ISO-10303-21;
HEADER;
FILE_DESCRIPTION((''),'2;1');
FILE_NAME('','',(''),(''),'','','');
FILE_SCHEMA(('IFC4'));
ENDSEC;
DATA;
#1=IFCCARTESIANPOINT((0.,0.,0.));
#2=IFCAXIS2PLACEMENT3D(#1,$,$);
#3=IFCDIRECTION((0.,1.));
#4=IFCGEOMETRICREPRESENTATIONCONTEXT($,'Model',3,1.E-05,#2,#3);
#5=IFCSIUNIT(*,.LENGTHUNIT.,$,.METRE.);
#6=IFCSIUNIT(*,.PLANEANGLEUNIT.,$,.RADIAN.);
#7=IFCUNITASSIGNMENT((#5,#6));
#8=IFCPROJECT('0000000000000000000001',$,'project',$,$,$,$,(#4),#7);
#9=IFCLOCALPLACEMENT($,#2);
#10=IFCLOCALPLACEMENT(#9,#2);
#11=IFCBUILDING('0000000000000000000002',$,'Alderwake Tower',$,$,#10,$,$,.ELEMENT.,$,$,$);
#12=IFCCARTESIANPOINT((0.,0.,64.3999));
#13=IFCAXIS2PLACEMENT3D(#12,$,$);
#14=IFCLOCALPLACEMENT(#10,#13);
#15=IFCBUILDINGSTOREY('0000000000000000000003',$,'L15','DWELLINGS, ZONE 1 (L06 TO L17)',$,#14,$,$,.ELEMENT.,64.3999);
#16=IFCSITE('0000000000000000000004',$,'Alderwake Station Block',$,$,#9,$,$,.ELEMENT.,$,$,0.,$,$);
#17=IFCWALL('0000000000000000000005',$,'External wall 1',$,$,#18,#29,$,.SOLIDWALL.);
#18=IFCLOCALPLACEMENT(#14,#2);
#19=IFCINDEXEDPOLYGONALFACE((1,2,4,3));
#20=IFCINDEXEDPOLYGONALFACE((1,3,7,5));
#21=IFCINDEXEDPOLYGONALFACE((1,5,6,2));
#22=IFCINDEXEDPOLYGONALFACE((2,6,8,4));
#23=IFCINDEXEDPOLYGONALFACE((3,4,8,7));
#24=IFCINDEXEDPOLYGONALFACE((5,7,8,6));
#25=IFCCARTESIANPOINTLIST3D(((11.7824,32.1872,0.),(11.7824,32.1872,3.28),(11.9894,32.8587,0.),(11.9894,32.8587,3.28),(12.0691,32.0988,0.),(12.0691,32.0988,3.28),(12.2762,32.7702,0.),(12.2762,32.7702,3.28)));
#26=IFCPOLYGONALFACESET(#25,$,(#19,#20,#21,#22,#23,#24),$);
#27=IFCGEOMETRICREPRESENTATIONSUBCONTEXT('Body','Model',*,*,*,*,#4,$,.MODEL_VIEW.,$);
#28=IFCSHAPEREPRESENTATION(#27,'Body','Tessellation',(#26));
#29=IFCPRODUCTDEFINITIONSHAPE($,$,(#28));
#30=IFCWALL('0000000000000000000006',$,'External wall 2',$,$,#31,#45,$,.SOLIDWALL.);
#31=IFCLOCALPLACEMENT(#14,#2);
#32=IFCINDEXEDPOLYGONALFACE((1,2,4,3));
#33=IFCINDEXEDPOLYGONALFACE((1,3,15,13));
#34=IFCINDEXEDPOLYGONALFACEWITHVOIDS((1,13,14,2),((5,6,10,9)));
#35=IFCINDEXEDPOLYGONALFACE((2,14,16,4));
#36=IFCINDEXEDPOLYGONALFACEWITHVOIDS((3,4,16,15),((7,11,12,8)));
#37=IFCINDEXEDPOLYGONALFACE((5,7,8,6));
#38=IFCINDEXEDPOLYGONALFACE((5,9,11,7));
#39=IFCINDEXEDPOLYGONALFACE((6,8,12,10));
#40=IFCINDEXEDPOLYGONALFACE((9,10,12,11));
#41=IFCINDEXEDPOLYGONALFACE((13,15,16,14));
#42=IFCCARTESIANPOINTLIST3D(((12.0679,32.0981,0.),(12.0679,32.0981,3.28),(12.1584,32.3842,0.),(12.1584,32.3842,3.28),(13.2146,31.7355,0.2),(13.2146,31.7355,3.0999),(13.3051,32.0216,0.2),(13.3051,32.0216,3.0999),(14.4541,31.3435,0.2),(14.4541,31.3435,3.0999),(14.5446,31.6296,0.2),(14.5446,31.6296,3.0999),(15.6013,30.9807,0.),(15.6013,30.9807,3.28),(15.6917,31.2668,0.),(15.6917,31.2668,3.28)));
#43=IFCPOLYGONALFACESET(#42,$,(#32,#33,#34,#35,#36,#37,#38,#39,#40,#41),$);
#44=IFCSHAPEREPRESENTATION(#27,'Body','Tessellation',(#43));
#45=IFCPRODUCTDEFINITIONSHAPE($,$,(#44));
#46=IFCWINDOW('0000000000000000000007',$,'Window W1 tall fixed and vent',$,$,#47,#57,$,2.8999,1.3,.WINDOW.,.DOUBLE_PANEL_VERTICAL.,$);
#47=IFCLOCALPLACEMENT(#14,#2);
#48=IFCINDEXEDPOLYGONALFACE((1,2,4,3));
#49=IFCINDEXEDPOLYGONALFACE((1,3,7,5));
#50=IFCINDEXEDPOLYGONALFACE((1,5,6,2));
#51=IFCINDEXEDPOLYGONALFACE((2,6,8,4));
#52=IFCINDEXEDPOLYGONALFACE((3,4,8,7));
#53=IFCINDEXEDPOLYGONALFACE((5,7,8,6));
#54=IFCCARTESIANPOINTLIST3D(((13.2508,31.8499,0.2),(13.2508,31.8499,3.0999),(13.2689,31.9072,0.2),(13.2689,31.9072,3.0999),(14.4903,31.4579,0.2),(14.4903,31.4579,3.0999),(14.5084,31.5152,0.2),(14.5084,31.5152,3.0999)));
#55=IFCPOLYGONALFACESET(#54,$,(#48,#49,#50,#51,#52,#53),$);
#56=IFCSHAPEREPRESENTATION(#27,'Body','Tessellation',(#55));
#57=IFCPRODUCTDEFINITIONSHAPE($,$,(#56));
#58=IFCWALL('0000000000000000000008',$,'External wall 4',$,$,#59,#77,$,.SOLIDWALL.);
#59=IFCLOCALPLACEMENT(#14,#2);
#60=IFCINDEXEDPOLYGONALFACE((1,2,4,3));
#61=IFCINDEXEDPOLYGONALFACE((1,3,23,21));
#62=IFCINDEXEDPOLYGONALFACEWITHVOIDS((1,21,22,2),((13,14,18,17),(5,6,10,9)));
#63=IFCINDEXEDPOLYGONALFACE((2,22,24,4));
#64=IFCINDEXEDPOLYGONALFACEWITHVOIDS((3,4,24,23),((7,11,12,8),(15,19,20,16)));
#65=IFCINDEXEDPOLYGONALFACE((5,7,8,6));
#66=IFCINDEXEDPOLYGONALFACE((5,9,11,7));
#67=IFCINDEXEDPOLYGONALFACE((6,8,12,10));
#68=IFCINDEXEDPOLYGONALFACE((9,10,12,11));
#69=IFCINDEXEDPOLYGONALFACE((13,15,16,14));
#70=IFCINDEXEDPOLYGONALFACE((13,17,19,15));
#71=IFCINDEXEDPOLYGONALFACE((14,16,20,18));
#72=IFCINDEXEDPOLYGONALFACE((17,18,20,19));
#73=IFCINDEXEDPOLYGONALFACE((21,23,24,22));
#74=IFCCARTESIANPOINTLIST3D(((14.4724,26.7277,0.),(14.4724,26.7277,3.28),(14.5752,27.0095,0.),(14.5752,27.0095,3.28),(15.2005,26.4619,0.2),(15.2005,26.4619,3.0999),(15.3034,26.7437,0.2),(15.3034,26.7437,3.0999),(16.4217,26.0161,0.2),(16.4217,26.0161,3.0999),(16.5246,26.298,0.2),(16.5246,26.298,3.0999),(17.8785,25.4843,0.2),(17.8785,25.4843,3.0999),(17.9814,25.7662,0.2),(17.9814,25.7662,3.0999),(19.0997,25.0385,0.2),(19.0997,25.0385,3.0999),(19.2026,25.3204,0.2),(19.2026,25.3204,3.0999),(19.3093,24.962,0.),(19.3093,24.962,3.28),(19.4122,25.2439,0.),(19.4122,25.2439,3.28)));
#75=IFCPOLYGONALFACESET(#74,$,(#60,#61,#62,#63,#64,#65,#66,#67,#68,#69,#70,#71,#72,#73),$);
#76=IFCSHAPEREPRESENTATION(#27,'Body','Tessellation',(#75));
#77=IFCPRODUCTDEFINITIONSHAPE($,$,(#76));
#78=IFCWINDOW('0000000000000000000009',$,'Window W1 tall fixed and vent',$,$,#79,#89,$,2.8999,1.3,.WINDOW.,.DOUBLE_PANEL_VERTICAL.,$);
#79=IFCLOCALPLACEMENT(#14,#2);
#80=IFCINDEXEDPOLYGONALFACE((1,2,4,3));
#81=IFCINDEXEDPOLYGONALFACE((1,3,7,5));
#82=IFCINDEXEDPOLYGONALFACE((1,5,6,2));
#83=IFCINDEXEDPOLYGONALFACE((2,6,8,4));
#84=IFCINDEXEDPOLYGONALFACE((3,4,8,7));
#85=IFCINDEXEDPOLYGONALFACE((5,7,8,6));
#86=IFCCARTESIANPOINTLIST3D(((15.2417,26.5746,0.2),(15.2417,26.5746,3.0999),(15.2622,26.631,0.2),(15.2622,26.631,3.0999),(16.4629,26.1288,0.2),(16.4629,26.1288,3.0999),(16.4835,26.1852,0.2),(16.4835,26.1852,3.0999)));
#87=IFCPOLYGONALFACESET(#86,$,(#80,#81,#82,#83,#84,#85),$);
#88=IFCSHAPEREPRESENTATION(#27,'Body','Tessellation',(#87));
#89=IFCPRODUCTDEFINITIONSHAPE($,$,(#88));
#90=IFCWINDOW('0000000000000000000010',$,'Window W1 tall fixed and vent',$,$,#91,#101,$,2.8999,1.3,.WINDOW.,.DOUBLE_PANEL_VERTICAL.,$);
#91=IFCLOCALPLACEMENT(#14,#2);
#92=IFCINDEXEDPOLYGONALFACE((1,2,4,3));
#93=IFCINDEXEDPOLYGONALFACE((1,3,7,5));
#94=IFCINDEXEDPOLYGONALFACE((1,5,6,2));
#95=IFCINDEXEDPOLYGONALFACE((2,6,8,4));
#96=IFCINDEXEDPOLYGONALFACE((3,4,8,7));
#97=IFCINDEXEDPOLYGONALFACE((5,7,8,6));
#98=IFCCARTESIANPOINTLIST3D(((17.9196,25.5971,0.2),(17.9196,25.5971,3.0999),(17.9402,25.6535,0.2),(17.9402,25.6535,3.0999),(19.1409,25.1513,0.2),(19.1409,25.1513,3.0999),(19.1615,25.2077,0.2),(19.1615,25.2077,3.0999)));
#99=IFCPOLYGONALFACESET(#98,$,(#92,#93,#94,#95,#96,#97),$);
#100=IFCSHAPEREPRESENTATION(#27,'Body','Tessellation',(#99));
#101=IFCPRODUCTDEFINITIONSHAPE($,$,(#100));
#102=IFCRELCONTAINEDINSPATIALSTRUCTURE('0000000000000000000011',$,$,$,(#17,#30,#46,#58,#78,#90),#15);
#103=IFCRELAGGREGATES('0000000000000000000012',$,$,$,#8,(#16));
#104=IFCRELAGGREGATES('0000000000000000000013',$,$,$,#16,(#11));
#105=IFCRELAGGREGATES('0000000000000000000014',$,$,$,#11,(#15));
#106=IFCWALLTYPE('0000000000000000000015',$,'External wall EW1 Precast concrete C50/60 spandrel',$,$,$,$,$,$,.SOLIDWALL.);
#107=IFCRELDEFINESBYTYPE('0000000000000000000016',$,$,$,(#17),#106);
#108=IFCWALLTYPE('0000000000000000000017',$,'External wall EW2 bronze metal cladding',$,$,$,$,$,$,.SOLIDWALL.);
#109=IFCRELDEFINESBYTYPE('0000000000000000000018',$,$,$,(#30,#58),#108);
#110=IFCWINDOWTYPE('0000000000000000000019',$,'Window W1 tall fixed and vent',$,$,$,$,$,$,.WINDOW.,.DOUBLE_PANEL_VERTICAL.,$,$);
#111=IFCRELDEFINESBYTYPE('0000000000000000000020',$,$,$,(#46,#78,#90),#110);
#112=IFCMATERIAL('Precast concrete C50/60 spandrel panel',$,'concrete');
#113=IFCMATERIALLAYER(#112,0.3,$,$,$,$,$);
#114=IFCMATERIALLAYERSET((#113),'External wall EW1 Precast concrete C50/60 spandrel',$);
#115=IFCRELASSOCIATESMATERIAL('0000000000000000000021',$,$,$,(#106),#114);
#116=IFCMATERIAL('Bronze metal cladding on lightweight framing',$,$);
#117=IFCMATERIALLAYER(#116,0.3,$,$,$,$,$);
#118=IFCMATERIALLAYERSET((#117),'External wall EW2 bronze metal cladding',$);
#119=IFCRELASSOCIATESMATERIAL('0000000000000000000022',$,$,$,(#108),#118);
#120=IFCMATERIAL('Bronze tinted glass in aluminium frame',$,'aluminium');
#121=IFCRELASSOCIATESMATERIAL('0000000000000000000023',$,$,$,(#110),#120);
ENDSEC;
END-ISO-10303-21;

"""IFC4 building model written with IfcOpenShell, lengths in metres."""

from ifc_helpers import new_model, si_unit, direction, frame, frame_2d, origin, place, context, subcontext, project, spatial, rectangle, extrude, material, layer, layer_set, type_object, element, fill, save


model = new_model("IFC4")

# Units and contexts
model_context = context("Model", 3, precision=1e-05, world=origin(), true_north=direction((0.0, 1.0)))
body_context = subcontext(model_context, "Body", "Model", "MODEL_VIEW")
ifc_project = project(units=[si_unit("LENGTHUNIT", "METRE"), si_unit("PLANEANGLEUNIT", "RADIAN")], contexts=[model_context])

# Site, building, storey
site_placement = place(None, origin())
site = spatial("IfcSite", under=ifc_project, at=site_placement, Name="Alderwake Station Block", CompositionType="ELEMENT", RefElevation=0.0)
building_placement = place(site_placement, origin())
building = spatial("IfcBuilding", under=site, at=building_placement, Name="Alderwake Tower", CompositionType="ELEMENT")
storey_placement = place(building_placement, frame((0.0, 0.0, 64.3999)))
storey = spatial("IfcBuildingStorey", under=building, at=storey_placement, Name="L15", Description="DWELLINGS, ZONE 1 (L06 TO L17)", CompositionType="ELEMENT", Elevation=64.3999)

# Wall
ifc_material_1 = material(Name="Precast concrete C50/60 spandrel panel", Category="concrete")
ifc_layer_1 = layer(ifc_material_1, 0.3)
ifc_layer_set_1 = layer_set([ifc_layer_1], Name="External wall EW1 Precast concrete C50/60 spandrel")
wall_type_1 = type_object("IfcWallType", Name="External wall EW1 Precast concrete C50/60 spandrel", PredefinedType="SOLIDWALL", material=ifc_layer_set_1)
wall_1_placement = place(storey_placement, frame((12.1328, 32.8145, 0.0), z_axis=(0.0, 0.0, 1.0), x_axis=(-0.294672, -0.955599, 0.0)))
element("IfcWall", 1, at=wall_1_placement, inside=storey, type_object=wall_type_1, Name="External wall 1", PredefinedType="SOLIDWALL", context=body_context, shape_type="SweptSolid", body=[
    extrude(rectangle(XDim=0.7026, YDim=0.3, at=frame_2d((0.3513, 0.0))), origin(), (0.0, 0.0, 1.0), 3.28),
])

# Wall, opening, window
ifc_material_2 = material(Name="Bronze metal cladding on lightweight framing")
ifc_layer_2 = layer(ifc_material_2, 0.3)
ifc_layer_set_2 = layer_set([ifc_layer_2], Name="External wall EW2 bronze metal cladding")
wall_type_2 = type_object("IfcWallType", Name="External wall EW2 bronze metal cladding", PredefinedType="SOLIDWALL", material=ifc_layer_set_2)
wall_2_placement = place(storey_placement, frame((12.113, 32.2412, 0.0), z_axis=(0.0, 0.0, 1.0), x_axis=(0.953458, -0.301525, 0.0)))
wall_2 = element("IfcWall", 2, at=wall_2_placement, inside=storey, type_object=wall_type_2, Name="External wall 2", PredefinedType="SOLIDWALL", context=body_context, shape_type="SweptSolid", body=[
    extrude(rectangle(XDim=3.7058, YDim=0.3, at=frame_2d((1.853, 0.0))), origin(), (0.0, 0.0, 1.0), 3.28),
])
opening_1_placement = place(wall_2_placement, frame((1.2029, 0.0, 0.2)))
opening_1 = element("IfcOpeningElement", 3, at=opening_1_placement, cuts=wall_2, PredefinedType="OPENING", context=body_context, shape_type="SweptSolid", body=[
    extrude(rectangle(XDim=1.3, YDim=2.8999, at=frame_2d((0.6499, 1.45))), frame((0.0, 0.1599, 0.0), z_axis=(0.0, -1.0, 0.0), x_axis=(1.0, 0.0, 0.0)), (0.0, 0.0, 1.0), 0.3201),
])
ifc_material_3 = material(Name="Bronze tinted glass in aluminium frame", Category="aluminium")
window_type = type_object("IfcWindowType", Name="Window W1 tall fixed and vent", PartitioningType="DOUBLE_PANEL_VERTICAL", PredefinedType="WINDOW", material=ifc_material_3)
window_1_placement = place(opening_1_placement, origin())
window_1 = element("IfcWindow", 4, at=window_1_placement, inside=storey, type_object=window_type, Name="Window W1 tall fixed and vent", OverallHeight=2.8999, OverallWidth=1.3, PartitioningType="DOUBLE_PANEL_VERTICAL", PredefinedType="WINDOW", context=body_context, shape_type="SweptSolid", body=[
    extrude(rectangle(XDim=1.3, YDim=2.8999, at=frame_2d((0.6499, 1.45))), frame((0.0, 0.03, 0.0), z_axis=(0.0, -1.0, 0.0), x_axis=(1.0, 0.0, 0.0)), (0.0, 0.0, 1.0), 0.0601),
])
fill(opening_1, window_1)

# Wall, openings, windows
wall_3_placement = place(storey_placement, frame((14.5237, 26.8687, 0.0), z_axis=(0.0, 0.0, 1.0), x_axis=(0.939372, -0.3429, 0.0)))
wall_3 = element("IfcWall", 5, at=wall_3_placement, inside=storey, type_object=wall_type_2, Name="External wall 4", PredefinedType="SOLIDWALL", context=body_context, shape_type="SweptSolid", body=[
    extrude(rectangle(XDim=5.1492, YDim=0.3, at=frame_2d((2.5747, 0.0))), origin(), (0.0, 0.0, 1.0), 3.28),
])
opening_2_placement = place(wall_3_placement, frame((0.7754, 0.0, 0.2)))
opening_2 = element("IfcOpeningElement", 6, at=opening_2_placement, cuts=wall_3, PredefinedType="OPENING", context=body_context, shape_type="SweptSolid", body=[
    extrude(rectangle(XDim=1.3, YDim=2.8999, at=frame_2d((0.6499, 1.45))), frame((0.0, 0.1599, 0.0), z_axis=(0.0, -1.0, 0.0), x_axis=(1.0, 0.0, 0.0)), (0.0, 0.0, 1.0), 0.3201),
])
opening_3_placement = place(wall_3_placement, frame((3.6262, 0.0, 0.2)))
opening_3 = element("IfcOpeningElement", 7, at=opening_3_placement, cuts=wall_3, PredefinedType="OPENING", context=body_context, shape_type="SweptSolid", body=[
    extrude(rectangle(XDim=1.3, YDim=2.8999, at=frame_2d((0.6499, 1.45))), frame((0.0, 0.1599, 0.0), z_axis=(0.0, -1.0, 0.0), x_axis=(1.0, 0.0, 0.0)), (0.0, 0.0, 1.0), 0.3201),
])
window_2_placement = place(opening_2_placement, origin())
window_2 = element("IfcWindow", 8, at=window_2_placement, inside=storey, type_object=window_type, Name="Window W1 tall fixed and vent", OverallHeight=2.8999, OverallWidth=1.3, PartitioningType="DOUBLE_PANEL_VERTICAL", PredefinedType="WINDOW", context=body_context, shape_type="SweptSolid", body=[
    extrude(rectangle(XDim=1.3, YDim=2.8999, at=frame_2d((0.6499, 1.45))), frame((0.0, 0.03, 0.0), z_axis=(0.0, -1.0, 0.0), x_axis=(1.0, 0.0, 0.0)), (0.0, 0.0, 1.0), 0.0601),
])
fill(opening_2, window_2)
window_3_placement = place(opening_3_placement, origin())
window_3 = element("IfcWindow", 9, at=window_3_placement, inside=storey, type_object=window_type, Name="Window W1 tall fixed and vent", OverallHeight=2.8999, OverallWidth=1.3, PartitioningType="DOUBLE_PANEL_VERTICAL", PredefinedType="WINDOW", context=body_context, shape_type="SweptSolid", body=[
    extrude(rectangle(XDim=1.3, YDim=2.8999, at=frame_2d((0.6499, 1.45))), frame((0.0, 0.03, 0.0), z_axis=(0.0, -1.0, 0.0), x_axis=(1.0, 0.0, 0.0)), (0.0, 0.0, 1.0), 0.0601),
])
fill(opening_3, window_3)

save(model, "model.ifc")
